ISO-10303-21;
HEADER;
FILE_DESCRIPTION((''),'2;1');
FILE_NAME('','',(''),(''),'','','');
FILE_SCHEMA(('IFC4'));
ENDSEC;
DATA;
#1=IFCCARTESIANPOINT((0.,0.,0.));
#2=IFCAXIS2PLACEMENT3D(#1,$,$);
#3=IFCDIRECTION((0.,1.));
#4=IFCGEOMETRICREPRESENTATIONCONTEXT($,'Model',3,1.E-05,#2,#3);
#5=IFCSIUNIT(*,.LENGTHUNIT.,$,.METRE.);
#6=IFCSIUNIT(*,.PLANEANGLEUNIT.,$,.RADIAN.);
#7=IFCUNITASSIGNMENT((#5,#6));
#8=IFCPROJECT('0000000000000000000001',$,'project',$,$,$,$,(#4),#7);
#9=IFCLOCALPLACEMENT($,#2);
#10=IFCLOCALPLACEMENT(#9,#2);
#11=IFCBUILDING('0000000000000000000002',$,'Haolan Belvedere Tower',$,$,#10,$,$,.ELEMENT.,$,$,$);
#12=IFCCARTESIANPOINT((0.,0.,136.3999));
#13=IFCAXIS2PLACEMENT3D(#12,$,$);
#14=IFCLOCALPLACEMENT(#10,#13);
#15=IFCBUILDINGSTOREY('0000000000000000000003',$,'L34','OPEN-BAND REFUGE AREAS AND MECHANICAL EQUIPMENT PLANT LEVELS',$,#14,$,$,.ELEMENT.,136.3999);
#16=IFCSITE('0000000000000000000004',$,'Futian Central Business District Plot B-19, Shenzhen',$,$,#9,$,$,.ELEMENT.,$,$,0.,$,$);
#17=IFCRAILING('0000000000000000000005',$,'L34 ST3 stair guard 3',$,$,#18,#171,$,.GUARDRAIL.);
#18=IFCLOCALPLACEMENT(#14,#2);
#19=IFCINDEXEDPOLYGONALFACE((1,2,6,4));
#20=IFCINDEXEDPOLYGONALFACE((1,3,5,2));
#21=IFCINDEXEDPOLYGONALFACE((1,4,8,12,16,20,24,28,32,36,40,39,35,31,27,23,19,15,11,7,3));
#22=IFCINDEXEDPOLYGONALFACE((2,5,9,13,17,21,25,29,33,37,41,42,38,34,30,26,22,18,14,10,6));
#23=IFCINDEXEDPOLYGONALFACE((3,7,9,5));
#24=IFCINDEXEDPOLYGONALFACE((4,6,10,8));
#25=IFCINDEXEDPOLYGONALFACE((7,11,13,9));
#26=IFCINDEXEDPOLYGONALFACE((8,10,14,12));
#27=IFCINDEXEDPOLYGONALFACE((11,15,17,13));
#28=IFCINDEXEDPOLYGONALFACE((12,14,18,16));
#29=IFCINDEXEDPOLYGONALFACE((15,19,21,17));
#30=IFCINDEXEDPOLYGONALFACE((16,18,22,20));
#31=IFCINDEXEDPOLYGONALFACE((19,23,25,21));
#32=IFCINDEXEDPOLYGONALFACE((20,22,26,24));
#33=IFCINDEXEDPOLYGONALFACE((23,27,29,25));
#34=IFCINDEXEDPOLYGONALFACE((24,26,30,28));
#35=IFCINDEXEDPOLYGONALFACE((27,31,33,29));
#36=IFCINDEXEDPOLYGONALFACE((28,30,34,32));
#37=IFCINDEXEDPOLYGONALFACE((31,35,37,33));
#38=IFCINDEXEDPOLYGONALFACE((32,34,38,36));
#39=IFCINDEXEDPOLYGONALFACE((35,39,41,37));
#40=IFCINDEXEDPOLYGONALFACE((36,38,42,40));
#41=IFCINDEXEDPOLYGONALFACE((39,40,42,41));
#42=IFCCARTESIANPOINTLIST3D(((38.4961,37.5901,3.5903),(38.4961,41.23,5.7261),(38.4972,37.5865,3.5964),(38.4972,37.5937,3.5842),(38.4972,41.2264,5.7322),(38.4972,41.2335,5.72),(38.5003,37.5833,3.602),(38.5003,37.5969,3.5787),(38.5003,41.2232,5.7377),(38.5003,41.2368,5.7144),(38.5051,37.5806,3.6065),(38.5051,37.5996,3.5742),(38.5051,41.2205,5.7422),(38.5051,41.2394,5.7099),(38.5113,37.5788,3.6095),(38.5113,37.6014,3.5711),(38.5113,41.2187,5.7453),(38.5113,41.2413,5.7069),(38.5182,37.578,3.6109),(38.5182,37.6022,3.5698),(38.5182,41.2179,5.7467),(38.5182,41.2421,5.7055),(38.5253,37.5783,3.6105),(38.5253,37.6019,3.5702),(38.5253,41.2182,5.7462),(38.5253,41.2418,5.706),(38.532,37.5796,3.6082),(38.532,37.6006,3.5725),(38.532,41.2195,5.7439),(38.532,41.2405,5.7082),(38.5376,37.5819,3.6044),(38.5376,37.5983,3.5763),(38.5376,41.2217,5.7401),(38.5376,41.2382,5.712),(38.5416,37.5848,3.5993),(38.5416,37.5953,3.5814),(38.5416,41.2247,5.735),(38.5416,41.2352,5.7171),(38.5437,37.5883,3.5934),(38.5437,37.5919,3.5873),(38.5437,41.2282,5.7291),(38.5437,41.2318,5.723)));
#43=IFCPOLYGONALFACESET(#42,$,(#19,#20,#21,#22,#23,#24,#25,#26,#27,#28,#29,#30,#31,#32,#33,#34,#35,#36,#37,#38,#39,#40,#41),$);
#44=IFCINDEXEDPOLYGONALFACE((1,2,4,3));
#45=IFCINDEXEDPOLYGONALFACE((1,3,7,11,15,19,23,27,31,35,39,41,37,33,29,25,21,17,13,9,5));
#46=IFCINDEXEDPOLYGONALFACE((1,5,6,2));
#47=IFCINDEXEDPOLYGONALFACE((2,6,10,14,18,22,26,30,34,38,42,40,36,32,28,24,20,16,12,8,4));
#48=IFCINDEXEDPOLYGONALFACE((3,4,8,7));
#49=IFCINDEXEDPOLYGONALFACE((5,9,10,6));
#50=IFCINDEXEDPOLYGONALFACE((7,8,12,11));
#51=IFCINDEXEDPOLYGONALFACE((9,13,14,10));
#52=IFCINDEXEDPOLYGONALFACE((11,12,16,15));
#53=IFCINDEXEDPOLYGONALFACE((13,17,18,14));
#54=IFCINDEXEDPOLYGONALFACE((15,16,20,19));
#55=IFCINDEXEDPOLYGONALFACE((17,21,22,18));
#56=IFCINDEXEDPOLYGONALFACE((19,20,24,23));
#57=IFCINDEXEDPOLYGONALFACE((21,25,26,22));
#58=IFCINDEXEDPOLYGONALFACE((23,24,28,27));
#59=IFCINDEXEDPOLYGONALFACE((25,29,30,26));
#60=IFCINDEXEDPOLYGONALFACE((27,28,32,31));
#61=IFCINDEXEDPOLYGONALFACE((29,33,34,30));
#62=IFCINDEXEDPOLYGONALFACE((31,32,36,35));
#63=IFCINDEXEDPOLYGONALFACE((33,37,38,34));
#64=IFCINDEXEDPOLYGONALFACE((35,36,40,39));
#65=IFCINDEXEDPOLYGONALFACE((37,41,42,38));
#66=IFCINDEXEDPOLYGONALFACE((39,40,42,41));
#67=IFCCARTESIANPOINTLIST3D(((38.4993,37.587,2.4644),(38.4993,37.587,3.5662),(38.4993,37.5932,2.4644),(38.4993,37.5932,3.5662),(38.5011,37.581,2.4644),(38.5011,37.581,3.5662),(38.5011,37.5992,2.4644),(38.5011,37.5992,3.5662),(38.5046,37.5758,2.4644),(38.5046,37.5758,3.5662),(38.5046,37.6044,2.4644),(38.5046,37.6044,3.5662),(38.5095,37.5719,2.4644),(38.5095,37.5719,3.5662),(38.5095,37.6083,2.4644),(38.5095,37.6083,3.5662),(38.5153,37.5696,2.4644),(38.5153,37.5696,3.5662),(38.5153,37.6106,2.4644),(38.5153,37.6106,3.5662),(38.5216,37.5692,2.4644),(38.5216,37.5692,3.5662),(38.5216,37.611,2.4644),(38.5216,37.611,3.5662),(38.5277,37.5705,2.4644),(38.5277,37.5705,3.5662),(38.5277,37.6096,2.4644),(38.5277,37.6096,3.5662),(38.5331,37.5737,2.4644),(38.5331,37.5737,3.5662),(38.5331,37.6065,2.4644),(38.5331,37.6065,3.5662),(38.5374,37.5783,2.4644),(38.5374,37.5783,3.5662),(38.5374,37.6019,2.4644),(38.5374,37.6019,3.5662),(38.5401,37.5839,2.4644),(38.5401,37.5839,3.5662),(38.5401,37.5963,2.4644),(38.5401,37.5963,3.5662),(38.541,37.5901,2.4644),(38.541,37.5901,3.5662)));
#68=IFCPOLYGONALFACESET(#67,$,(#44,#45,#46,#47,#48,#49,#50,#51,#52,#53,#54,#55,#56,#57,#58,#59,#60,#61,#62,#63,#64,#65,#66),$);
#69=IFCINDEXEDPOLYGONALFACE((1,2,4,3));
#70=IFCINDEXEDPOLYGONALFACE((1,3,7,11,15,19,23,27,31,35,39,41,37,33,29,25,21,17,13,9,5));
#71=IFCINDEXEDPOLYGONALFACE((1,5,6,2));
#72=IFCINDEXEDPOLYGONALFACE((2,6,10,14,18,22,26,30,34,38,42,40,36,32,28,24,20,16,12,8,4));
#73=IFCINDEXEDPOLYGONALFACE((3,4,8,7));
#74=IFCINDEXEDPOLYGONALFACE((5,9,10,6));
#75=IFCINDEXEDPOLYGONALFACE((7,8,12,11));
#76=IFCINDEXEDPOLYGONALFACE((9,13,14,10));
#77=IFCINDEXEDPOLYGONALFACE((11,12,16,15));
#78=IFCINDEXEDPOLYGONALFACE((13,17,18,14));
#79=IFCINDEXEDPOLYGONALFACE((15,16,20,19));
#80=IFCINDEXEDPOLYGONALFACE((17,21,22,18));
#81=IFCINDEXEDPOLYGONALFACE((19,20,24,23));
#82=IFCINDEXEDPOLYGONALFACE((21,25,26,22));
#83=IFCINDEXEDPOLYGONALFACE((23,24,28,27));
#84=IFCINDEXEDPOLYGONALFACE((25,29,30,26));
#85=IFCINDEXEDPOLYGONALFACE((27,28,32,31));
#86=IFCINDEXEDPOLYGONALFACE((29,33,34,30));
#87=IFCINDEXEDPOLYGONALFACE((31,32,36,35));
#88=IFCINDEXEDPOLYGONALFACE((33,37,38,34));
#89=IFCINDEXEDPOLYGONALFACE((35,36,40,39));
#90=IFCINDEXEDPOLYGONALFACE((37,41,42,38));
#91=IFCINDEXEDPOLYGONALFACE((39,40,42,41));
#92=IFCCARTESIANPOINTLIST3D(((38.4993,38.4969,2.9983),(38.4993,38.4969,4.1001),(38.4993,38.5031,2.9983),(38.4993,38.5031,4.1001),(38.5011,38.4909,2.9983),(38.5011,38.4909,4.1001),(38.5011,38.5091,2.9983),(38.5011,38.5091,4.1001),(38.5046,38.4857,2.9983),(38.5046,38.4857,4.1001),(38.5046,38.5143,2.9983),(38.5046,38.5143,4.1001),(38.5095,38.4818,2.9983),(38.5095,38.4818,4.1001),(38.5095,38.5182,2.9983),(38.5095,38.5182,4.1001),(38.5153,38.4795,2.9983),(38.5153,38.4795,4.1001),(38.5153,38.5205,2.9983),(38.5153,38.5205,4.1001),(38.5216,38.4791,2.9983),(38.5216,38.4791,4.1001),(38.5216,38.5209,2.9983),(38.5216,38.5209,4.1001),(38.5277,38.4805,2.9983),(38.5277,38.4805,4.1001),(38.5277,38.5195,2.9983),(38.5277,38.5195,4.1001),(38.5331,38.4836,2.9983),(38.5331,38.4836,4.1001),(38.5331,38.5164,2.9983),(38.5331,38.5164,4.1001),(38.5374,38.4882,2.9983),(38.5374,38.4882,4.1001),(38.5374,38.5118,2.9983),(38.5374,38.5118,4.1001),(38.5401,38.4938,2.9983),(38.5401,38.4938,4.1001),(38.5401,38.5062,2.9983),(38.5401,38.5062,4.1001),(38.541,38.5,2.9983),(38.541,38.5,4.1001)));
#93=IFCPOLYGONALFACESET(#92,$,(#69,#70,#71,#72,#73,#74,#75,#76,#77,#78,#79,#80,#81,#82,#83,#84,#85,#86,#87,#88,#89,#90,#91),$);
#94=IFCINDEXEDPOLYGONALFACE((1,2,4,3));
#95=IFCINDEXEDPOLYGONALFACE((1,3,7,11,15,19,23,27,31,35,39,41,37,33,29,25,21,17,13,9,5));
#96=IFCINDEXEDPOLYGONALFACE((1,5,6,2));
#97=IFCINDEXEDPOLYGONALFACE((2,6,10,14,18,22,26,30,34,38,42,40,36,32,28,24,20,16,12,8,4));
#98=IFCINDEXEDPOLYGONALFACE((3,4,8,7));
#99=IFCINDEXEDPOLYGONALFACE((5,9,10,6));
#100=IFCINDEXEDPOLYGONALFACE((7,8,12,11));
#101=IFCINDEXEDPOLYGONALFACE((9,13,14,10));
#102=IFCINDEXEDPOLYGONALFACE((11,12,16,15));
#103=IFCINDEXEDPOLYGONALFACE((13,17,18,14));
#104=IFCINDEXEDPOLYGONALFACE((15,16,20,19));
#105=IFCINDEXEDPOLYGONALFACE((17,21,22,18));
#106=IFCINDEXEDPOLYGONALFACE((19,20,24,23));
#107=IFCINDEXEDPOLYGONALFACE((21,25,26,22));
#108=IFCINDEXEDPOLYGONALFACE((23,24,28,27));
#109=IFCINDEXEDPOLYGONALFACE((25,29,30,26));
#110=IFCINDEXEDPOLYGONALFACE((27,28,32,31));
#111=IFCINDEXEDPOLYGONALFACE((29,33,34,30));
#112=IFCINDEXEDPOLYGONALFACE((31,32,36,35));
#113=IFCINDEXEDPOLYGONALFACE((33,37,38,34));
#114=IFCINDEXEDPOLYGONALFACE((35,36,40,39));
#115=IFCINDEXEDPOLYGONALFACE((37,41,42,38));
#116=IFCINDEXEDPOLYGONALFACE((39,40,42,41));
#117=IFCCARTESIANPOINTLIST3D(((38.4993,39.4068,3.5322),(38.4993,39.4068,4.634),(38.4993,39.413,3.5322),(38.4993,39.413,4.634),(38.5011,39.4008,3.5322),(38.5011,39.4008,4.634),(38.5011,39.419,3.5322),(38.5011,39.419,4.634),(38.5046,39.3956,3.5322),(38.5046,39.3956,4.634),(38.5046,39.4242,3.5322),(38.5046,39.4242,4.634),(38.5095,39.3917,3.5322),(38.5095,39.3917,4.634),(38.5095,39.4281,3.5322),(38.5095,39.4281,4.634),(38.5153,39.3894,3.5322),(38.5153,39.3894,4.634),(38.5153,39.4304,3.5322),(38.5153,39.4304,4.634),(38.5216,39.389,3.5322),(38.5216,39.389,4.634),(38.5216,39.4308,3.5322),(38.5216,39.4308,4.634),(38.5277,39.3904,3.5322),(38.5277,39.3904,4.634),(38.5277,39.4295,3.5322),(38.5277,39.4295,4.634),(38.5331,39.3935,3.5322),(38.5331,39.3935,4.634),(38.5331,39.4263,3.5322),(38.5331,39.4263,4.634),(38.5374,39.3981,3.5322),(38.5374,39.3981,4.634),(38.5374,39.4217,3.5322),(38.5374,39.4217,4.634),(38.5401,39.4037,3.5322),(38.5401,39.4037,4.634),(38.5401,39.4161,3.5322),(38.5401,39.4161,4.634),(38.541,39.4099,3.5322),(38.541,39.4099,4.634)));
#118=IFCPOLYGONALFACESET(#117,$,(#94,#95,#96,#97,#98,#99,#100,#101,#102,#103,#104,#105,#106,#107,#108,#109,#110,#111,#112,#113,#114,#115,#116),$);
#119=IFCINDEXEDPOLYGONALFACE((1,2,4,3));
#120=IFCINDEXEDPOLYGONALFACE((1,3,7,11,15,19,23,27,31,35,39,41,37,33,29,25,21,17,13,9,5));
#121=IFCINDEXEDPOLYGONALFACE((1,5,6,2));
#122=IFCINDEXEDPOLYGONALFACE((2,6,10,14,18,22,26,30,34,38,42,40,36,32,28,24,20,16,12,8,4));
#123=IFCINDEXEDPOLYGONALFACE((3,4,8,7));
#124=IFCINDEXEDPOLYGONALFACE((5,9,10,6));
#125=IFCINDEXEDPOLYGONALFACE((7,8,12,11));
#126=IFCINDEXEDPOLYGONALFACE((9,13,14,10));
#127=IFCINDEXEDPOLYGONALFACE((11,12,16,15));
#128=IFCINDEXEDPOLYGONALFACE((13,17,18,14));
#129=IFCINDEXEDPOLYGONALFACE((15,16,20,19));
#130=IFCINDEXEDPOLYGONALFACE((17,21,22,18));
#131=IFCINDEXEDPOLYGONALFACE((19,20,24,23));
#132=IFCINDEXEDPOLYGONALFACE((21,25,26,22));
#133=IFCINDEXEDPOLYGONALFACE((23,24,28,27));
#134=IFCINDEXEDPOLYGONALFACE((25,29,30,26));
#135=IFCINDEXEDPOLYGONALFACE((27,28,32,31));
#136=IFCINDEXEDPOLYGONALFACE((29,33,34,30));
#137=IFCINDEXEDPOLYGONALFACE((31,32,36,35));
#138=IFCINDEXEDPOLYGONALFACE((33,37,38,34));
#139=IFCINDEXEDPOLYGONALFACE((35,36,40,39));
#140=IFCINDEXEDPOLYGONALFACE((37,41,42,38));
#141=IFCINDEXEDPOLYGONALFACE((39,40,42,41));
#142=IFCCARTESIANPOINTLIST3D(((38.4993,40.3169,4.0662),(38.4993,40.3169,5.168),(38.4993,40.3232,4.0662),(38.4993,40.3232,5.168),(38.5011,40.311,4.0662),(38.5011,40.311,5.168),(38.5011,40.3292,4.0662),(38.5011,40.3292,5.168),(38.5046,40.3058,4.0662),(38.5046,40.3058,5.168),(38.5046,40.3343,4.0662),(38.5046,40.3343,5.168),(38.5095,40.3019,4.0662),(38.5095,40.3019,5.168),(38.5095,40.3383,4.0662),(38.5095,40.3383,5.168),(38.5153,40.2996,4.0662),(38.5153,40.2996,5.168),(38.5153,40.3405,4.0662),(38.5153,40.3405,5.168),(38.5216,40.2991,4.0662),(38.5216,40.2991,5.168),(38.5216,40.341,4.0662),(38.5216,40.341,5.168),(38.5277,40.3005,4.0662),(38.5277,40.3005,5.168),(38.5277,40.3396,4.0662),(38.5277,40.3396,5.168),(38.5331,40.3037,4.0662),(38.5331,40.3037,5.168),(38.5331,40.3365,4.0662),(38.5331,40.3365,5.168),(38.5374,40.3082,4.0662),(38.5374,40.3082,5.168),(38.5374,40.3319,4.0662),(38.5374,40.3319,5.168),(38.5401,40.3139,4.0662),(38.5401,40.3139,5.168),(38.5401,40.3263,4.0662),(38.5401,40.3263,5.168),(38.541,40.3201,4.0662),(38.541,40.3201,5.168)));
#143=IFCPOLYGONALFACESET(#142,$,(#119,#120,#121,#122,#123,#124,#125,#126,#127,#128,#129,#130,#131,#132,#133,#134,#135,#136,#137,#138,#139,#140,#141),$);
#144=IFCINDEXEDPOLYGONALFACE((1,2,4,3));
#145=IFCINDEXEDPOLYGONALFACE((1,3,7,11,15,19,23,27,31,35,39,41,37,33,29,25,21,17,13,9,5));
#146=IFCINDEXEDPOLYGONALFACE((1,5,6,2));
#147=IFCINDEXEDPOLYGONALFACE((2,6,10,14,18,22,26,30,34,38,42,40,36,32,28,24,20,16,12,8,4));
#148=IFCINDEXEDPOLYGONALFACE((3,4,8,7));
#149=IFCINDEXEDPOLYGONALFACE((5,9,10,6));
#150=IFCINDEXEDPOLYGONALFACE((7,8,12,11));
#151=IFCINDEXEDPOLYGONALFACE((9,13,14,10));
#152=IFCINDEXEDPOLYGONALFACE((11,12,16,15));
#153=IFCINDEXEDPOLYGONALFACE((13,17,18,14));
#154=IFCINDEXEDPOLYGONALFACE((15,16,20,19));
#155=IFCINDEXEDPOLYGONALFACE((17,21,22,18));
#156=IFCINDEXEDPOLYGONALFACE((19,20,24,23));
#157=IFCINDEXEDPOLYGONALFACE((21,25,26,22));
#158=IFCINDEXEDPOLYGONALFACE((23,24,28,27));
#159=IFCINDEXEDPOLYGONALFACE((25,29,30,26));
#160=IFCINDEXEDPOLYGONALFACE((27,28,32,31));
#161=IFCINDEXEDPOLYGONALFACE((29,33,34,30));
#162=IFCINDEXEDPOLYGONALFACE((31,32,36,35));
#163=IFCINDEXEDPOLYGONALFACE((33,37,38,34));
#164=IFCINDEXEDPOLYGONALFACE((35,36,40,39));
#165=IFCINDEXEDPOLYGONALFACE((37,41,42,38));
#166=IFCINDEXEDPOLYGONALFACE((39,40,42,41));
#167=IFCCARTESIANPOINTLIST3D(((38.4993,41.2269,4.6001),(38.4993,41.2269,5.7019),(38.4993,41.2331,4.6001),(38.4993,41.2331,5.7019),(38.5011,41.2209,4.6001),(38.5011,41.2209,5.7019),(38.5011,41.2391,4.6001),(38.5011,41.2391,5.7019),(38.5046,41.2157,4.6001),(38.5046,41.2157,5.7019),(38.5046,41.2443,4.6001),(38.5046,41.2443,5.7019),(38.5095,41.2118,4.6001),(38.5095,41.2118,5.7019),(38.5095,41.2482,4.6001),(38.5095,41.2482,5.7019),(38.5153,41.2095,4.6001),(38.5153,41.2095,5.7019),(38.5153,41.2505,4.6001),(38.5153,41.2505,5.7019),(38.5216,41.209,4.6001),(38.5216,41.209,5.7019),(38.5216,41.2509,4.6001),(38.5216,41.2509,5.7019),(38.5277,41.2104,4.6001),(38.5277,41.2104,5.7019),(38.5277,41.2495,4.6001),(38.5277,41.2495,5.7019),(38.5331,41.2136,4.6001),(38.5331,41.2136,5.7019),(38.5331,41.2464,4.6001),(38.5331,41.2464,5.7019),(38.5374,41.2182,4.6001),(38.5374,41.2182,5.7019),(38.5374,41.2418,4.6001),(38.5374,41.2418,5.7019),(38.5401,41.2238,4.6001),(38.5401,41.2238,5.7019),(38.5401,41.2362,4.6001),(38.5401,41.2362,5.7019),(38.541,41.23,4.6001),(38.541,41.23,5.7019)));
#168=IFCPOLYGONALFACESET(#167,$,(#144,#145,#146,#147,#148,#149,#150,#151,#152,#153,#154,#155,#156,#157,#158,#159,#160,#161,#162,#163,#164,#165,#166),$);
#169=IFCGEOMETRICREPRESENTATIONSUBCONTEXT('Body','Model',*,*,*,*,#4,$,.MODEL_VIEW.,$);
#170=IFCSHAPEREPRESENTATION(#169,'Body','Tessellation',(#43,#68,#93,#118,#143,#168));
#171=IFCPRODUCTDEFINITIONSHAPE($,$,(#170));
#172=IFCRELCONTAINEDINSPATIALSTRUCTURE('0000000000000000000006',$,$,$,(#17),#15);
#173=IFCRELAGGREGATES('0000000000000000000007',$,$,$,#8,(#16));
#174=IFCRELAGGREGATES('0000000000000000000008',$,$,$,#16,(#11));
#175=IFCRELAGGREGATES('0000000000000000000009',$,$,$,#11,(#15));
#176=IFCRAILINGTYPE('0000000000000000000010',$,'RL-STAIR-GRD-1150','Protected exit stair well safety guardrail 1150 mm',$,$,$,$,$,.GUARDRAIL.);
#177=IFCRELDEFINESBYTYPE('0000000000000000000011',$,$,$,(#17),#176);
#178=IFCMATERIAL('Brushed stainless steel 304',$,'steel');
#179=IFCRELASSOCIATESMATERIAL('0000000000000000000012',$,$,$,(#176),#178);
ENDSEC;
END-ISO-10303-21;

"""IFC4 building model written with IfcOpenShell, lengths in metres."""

from ifc_helpers import new_model, si_unit, direction, frame, origin, origin_2d, place, context, subcontext, project, spatial, circle, extrude, material, type_object, element, save


model = new_model("IFC4")

# Units and contexts
model_context = context("Model", 3, precision=1e-05, world=origin(), true_north=direction((0.0, 1.0)))
body_context = subcontext(model_context, "Body", "Model", "MODEL_VIEW")
ifc_project = project(units=[si_unit("LENGTHUNIT", "METRE"), si_unit("PLANEANGLEUNIT", "RADIAN")], contexts=[model_context])

# Site, building, storey
site_placement = place(None, origin())
site = spatial("IfcSite", under=ifc_project, at=site_placement, Name="Futian Central Business District Plot B-19, Shenzhen", CompositionType="ELEMENT", RefElevation=0.0)
building_placement = place(site_placement, origin())
building = spatial("IfcBuilding", under=site, at=building_placement, Name="Haolan Belvedere Tower", CompositionType="ELEMENT")
storey_placement = place(building_placement, frame((0.0, 0.0, 136.3999)))
storey = spatial("IfcBuildingStorey", under=building, at=storey_placement, Name="L34", Description="OPEN-BAND REFUGE AREAS AND MECHANICAL EQUIPMENT PLANT LEVELS", CompositionType="ELEMENT", Elevation=136.3999)

# Railing
ifc_material_1 = material(Name="Brushed stainless steel 304", Category="steel")
railing_type_1 = type_object("IfcRailingType", Name="RL-STAIR-GRD-1150", Description="Protected exit stair well safety guardrail 1150 mm", PredefinedType="GUARDRAIL", material=ifc_material_1)
railing_1_placement = place(storey_placement, frame((38.52, 37.5901, 2.4644)))
element("IfcRailing", 1, at=railing_1_placement, inside=storey, type_object=railing_type_1, Name="L34 ST3 stair guard 3", PredefinedType="GUARDRAIL", context=body_context, shape_type="SweptSolid", body=[
    extrude(circle(Radius=0.0239, at=origin_2d()), frame((0.0, 0.0, 1.126), z_axis=(0.0, 0.86249, 0.506074), x_axis=(-1.0, 0.0, 0.0)), (0.0, 0.0, 1.0), 4.2202),
    extrude(circle(Radius=0.021, at=origin_2d()), origin(), (0.0, 0.0, 1.0), 1.1018),
    extrude(circle(Radius=0.021, at=origin_2d()), frame((0.0, 0.9099, 0.5339)), (0.0, 0.0, 1.0), 1.1018),
    extrude(circle(Radius=0.021, at=origin_2d()), frame((0.0, 1.8198, 1.0679)), (0.0, 0.0, 1.0), 1.1018),
    extrude(circle(Radius=0.021, at=origin_2d()), frame((0.0, 2.73, 1.6018)), (0.0, 0.0, 1.0), 1.1018),
    extrude(circle(Radius=0.021, at=origin_2d()), frame((0.0, 3.6399, 2.1357)), (0.0, 0.0, 1.0), 1.1018),
])

save(model, "model.ifc")
